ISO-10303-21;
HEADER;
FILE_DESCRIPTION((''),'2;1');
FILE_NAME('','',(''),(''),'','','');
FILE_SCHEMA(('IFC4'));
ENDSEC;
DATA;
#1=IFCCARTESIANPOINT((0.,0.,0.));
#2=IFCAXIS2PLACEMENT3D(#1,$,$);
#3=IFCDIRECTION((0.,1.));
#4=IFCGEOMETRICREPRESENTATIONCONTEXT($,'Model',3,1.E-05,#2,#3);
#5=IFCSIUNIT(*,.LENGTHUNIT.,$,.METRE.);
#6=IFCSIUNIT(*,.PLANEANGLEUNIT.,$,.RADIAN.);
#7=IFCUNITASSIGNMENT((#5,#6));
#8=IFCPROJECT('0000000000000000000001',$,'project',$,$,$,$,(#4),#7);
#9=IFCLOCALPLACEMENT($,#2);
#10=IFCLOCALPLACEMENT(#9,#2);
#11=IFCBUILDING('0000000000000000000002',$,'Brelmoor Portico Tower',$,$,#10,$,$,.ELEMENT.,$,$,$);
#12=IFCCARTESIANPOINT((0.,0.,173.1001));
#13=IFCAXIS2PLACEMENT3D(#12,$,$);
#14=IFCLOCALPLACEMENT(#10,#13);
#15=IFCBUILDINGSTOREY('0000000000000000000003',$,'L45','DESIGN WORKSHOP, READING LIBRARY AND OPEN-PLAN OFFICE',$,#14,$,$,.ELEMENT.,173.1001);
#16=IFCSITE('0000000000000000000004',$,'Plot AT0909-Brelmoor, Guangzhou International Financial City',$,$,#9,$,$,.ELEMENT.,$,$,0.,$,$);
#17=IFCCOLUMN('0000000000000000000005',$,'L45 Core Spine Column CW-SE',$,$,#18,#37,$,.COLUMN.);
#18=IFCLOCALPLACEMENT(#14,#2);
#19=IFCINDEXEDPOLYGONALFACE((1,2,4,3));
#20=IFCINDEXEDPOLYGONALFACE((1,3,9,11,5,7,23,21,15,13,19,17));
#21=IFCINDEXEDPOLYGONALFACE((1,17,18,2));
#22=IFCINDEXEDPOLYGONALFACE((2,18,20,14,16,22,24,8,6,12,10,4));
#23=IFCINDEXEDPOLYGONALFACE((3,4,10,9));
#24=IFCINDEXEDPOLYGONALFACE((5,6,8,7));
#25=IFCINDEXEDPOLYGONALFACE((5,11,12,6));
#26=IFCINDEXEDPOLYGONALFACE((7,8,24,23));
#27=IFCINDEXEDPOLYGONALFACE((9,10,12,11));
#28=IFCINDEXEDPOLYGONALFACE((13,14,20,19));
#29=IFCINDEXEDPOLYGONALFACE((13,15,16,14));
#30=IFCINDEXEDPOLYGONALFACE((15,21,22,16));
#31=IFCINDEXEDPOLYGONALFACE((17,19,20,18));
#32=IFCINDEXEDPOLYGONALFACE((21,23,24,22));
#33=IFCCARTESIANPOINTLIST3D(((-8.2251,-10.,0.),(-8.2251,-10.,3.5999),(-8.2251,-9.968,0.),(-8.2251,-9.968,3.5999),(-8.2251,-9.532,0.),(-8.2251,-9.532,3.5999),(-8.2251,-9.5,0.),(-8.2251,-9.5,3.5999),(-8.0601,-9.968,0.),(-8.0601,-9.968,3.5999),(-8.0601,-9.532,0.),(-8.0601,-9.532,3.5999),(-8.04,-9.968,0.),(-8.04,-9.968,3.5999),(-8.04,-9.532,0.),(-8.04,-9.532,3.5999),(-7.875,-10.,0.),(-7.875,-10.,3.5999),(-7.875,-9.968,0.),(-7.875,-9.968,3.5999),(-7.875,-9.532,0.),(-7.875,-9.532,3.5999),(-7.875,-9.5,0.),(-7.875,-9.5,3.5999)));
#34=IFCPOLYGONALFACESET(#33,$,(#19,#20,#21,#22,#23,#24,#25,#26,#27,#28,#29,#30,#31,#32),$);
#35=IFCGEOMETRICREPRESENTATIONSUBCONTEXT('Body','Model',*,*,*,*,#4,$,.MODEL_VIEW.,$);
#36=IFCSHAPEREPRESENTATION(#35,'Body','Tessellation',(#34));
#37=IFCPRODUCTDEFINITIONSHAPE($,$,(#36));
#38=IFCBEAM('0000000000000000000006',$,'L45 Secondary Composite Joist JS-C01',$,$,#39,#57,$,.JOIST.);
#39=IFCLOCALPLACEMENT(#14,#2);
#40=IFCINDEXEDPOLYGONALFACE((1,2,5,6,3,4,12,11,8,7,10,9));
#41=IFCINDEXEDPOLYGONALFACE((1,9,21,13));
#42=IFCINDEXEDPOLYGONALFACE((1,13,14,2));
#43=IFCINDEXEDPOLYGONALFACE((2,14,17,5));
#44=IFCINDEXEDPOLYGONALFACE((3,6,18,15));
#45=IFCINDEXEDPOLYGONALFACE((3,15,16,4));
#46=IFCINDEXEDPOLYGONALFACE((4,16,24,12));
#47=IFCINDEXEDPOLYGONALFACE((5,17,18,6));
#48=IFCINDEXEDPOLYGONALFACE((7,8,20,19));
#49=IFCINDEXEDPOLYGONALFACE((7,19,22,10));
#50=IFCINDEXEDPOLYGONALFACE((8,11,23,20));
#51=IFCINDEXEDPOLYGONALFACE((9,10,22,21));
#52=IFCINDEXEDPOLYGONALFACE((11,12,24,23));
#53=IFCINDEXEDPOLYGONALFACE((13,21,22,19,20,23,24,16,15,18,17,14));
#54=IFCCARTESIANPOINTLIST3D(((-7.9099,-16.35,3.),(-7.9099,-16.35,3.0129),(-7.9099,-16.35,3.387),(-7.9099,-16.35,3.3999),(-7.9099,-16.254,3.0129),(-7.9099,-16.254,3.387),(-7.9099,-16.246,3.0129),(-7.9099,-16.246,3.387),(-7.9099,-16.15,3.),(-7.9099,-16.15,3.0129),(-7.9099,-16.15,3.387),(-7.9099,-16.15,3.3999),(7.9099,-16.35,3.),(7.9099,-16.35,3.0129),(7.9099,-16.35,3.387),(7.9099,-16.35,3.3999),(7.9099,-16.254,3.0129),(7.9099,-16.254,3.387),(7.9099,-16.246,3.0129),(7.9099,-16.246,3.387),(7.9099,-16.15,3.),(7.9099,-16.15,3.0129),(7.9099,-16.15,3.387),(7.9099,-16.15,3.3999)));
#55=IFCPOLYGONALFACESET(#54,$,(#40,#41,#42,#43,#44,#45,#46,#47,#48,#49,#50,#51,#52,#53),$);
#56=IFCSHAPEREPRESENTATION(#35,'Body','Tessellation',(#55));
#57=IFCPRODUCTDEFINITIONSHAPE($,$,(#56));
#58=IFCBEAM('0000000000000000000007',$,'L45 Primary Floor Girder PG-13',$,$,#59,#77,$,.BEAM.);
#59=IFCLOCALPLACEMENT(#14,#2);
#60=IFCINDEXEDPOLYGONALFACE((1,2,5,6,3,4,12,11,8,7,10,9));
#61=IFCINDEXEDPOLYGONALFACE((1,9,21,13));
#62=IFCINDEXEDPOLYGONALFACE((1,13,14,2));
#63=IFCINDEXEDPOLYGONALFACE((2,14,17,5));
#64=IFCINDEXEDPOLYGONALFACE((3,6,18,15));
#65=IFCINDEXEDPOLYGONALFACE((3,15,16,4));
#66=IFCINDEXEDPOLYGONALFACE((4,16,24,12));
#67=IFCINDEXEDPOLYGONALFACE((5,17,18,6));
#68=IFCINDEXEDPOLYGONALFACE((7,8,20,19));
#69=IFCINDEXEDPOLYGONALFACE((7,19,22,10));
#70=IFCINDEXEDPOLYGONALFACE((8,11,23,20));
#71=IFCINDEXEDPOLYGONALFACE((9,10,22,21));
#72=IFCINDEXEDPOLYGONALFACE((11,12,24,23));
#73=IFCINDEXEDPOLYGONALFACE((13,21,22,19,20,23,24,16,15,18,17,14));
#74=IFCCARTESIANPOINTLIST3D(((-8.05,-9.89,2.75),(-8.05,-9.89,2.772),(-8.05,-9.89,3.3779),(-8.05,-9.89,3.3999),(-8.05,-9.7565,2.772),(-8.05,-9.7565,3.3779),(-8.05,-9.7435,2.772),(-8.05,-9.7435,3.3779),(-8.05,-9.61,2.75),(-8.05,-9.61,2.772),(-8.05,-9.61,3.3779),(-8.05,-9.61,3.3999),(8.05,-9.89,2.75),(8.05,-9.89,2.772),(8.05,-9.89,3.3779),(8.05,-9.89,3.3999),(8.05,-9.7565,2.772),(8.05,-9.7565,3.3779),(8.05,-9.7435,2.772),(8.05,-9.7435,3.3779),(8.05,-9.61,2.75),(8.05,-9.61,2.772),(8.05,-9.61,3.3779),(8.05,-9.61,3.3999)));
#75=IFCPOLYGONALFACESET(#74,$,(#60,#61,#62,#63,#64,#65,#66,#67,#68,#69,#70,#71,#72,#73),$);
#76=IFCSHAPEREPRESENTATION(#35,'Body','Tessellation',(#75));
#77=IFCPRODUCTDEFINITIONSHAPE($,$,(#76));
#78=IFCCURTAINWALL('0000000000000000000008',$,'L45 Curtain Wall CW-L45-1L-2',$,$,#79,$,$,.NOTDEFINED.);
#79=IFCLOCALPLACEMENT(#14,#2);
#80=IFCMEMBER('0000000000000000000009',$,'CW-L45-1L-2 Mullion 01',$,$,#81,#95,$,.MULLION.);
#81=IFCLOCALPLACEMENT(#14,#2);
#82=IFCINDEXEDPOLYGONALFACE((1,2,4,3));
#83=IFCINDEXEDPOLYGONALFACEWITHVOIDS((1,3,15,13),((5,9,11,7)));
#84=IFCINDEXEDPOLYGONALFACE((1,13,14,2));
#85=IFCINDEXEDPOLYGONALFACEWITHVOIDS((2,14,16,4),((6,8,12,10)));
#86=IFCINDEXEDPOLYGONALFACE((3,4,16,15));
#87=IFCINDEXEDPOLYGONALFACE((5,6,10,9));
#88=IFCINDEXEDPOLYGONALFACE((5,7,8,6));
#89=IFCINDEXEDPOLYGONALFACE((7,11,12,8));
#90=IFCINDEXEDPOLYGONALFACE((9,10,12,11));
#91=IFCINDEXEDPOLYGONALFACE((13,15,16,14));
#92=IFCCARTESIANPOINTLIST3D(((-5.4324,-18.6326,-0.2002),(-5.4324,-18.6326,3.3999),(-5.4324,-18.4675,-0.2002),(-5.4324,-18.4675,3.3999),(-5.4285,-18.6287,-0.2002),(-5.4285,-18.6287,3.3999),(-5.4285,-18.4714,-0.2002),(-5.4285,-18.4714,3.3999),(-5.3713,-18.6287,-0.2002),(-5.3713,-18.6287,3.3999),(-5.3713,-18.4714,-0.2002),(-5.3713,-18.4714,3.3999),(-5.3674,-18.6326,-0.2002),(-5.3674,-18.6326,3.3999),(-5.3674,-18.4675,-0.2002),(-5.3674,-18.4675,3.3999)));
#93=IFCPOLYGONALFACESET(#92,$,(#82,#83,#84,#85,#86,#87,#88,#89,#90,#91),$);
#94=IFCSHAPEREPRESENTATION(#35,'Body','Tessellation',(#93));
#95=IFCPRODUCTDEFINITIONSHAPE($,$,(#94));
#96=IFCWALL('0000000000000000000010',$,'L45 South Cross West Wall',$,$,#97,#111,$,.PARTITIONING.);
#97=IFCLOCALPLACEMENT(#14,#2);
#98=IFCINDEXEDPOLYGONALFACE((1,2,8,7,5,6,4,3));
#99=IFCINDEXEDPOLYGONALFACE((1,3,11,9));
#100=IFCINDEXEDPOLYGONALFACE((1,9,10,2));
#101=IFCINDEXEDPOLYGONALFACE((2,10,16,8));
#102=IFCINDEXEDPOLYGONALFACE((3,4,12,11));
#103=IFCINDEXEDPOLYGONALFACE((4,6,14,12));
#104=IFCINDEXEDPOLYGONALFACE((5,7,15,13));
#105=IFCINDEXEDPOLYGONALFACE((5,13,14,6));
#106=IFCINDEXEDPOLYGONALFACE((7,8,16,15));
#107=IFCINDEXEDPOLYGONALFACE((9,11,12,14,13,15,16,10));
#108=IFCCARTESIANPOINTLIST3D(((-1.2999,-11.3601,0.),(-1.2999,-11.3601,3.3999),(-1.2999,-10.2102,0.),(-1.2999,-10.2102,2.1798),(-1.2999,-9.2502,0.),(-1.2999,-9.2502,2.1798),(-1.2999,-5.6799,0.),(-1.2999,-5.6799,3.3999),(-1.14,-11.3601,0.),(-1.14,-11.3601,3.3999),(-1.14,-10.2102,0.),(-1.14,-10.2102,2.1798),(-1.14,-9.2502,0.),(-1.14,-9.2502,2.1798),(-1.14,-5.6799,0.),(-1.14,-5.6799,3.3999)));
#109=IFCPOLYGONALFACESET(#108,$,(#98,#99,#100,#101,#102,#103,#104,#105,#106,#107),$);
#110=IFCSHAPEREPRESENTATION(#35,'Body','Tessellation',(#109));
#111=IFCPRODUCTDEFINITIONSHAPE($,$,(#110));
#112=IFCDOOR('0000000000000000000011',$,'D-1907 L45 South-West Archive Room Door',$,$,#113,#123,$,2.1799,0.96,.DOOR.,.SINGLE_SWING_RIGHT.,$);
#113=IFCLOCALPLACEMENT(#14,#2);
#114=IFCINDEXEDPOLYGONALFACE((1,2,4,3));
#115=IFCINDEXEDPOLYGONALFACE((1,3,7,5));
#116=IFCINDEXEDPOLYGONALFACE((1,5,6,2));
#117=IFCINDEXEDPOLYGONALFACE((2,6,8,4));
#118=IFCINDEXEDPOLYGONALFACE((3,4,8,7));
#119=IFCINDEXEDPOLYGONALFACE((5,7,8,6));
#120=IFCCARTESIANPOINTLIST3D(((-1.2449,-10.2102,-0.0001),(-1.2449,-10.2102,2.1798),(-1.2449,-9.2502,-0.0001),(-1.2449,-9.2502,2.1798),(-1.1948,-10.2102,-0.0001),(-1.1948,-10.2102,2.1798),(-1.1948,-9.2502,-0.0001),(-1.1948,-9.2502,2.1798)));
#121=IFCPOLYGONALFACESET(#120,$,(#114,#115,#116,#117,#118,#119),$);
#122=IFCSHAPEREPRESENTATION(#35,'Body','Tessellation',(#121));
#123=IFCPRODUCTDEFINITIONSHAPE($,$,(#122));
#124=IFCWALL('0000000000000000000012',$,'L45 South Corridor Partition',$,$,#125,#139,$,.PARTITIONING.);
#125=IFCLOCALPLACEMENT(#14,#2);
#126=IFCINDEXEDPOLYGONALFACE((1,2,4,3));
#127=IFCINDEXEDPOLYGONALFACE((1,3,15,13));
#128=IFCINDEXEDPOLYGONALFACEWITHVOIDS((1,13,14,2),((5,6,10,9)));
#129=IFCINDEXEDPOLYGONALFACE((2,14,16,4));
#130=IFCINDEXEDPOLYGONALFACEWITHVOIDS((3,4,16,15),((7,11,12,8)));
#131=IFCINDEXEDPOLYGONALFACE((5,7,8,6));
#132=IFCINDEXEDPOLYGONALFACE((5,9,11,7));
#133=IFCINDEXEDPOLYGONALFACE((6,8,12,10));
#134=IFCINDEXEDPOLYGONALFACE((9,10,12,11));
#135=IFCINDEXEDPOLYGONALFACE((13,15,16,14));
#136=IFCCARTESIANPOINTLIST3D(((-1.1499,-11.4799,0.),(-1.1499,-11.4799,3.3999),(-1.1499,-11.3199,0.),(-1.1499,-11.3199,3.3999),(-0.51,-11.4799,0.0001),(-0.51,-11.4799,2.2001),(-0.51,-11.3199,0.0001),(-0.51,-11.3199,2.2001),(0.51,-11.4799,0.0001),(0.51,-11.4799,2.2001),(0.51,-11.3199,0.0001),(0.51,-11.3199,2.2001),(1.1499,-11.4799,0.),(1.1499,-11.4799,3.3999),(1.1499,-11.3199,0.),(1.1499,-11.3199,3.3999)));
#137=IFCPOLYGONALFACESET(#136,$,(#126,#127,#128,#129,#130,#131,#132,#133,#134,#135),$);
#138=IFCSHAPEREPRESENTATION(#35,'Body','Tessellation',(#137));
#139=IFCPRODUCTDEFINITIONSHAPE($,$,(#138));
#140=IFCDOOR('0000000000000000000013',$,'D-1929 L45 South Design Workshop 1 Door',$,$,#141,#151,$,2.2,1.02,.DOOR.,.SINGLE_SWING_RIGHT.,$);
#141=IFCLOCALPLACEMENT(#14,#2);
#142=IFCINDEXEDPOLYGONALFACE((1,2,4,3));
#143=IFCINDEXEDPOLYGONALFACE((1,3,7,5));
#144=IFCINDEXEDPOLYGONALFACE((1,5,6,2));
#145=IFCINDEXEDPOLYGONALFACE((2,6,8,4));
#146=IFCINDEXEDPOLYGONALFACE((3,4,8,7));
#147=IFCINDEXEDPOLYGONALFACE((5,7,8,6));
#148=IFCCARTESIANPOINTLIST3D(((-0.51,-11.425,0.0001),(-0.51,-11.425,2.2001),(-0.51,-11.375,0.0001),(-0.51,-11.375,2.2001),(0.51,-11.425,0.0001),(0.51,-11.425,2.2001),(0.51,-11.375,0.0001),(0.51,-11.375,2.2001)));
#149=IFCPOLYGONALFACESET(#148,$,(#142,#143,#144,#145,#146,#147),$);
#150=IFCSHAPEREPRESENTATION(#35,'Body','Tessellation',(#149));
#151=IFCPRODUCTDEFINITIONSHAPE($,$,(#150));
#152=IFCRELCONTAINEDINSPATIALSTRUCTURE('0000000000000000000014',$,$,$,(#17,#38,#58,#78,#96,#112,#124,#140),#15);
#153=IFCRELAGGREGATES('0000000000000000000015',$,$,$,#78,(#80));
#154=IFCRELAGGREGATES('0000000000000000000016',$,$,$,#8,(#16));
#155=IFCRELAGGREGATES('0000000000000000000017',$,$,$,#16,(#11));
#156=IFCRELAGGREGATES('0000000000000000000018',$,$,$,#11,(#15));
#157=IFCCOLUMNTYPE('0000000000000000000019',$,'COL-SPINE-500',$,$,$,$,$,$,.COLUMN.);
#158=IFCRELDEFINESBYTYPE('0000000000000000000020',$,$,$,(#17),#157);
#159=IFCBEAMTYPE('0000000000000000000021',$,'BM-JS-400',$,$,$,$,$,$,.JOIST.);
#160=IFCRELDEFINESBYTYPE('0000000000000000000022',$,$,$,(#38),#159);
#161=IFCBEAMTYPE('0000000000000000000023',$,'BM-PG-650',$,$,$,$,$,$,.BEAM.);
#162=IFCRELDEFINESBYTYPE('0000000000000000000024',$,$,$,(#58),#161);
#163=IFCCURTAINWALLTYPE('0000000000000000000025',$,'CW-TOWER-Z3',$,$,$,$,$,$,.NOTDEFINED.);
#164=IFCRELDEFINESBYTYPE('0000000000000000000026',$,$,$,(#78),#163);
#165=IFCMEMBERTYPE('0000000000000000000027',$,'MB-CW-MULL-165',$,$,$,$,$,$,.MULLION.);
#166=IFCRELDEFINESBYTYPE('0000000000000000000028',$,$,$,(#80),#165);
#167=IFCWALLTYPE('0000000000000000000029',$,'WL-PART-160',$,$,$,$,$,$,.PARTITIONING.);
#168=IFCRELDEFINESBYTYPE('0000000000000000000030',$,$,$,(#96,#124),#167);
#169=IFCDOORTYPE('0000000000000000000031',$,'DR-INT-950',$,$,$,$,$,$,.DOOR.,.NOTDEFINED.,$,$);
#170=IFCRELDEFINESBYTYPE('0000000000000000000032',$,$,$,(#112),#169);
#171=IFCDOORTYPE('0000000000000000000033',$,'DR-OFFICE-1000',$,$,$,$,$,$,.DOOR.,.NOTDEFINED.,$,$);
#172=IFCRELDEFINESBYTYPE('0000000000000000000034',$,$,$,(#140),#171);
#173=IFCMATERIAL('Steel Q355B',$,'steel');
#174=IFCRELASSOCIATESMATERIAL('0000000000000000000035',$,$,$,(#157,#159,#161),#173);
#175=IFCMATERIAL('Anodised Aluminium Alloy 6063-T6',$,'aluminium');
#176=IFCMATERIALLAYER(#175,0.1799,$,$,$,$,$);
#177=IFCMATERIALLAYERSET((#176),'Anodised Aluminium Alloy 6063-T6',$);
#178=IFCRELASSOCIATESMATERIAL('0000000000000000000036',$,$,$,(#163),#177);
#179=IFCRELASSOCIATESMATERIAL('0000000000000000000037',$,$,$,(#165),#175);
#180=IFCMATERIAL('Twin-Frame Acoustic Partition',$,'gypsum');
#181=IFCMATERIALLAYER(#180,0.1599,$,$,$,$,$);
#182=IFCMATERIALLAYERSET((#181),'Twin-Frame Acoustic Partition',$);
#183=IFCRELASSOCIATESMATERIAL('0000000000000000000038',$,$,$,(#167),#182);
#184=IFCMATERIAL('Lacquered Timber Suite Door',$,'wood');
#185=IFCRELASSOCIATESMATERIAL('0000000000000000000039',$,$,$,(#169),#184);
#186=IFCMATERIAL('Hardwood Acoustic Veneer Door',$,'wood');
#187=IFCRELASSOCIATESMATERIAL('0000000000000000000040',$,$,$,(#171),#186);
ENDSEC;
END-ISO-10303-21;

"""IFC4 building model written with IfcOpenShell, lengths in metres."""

from ifc_helpers import new_model, si_unit, direction, frame, frame_2d, origin, origin_2d, place, context, subcontext, project, spatial, rectangle, hollow_rectangle, i_section, extrude, material, layer, layer_set, material_profile, profile_set, type_object, element, fill, aggregate, save


model = new_model("IFC4")

# Units and contexts
model_context = context("Model", 3, precision=1e-05, world=origin(), true_north=direction((0.0, 1.0)))
body_context = subcontext(model_context, "Body", "Model", "MODEL_VIEW")
ifc_project = project(units=[si_unit("LENGTHUNIT", "METRE"), si_unit("PLANEANGLEUNIT", "RADIAN")], contexts=[model_context])

# Site, building, storey
site_placement = place(None, origin())
site = spatial("IfcSite", under=ifc_project, at=site_placement, Name="Plot AT0909-Brelmoor, Guangzhou International Financial City", CompositionType="ELEMENT", RefElevation=0.0)
building_placement = place(site_placement, origin())
building = spatial("IfcBuilding", under=site, at=building_placement, Name="Brelmoor Portico Tower", CompositionType="ELEMENT")
storey_placement = place(building_placement, frame((0.0, 0.0, 173.1001)))
storey = spatial("IfcBuildingStorey", under=building, at=storey_placement, Name="L45", Description="DESIGN WORKSHOP, READING LIBRARY AND OPEN-PLAN OFFICE", CompositionType="ELEMENT", Elevation=173.1001)

# Column
ifc_material_1 = material(Name="Steel Q355B", Category="steel")
ifc_material_profile_1 = material_profile(ifc_material_1, i_section(OverallWidth=0.3501, OverallDepth=0.5, WebThickness=0.02, FlangeThickness=0.032, at=origin_2d()), Name="HW 500x350x20x32")
ifc_profile_set_1 = profile_set([ifc_material_profile_1], Name="Steel Q355B")
column_type = type_object("IfcColumnType", Name="COL-SPINE-500", PredefinedType="COLUMN", material=ifc_profile_set_1)
column_placement = place(storey_placement, frame((-8.05, -9.75, 0.0), z_axis=(0.0, 0.0, 1.0), x_axis=(1.0, 0.0, 0.0)))
element("IfcColumn", 1, at=column_placement, inside=storey, type_object=column_type, Name="L45 Core Spine Column CW-SE", PredefinedType="COLUMN", context=body_context, shape_type="SweptSolid", body=[
    extrude(i_section(OverallWidth=0.3501, OverallDepth=0.5, WebThickness=0.02, FlangeThickness=0.032, at=origin_2d()), origin(), (0.0, 0.0, 1.0), 3.5999),
])

# Beams
ifc_material_profile_2 = material_profile(ifc_material_1, i_section(OverallWidth=0.2, OverallDepth=0.3999, WebThickness=0.0081, FlangeThickness=0.0129, at=origin_2d()), Name="HN 400x200x8x13")
ifc_profile_set_2 = profile_set([ifc_material_profile_2], Name="Steel Q355B")
beam_type_1 = type_object("IfcBeamType", Name="BM-JS-400", PredefinedType="JOIST", material=ifc_profile_set_2)
beam_1_placement = place(storey_placement, frame((-7.9099, -16.25, 3.2), z_axis=(1.0, 0.0, 0.0), x_axis=(0.0, 1.0, 0.0)))
element("IfcBeam", 2, at=beam_1_placement, inside=storey, type_object=beam_type_1, Name="L45 Secondary Composite Joist JS-C01", PredefinedType="JOIST", context=body_context, shape_type="SweptSolid", body=[
    extrude(i_section(OverallWidth=0.2, OverallDepth=0.3999, WebThickness=0.0081, FlangeThickness=0.0129, at=origin_2d()), origin(), (0.0, 0.0, 1.0), 15.8198),
])
ifc_material_profile_3 = material_profile(ifc_material_1, i_section(OverallWidth=0.28, OverallDepth=0.6499, WebThickness=0.0129, FlangeThickness=0.022, at=origin_2d()), Name="HN 650x280x13x22")
ifc_profile_set_3 = profile_set([ifc_material_profile_3], Name="Steel Q355B")
beam_type_2 = type_object("IfcBeamType", Name="BM-PG-650", PredefinedType="BEAM", material=ifc_profile_set_3)
beam_2_placement = place(storey_placement, frame((-8.05, -9.75, 3.075), z_axis=(1.0, 0.0, 0.0), x_axis=(0.0, 1.0, 0.0)))
element("IfcBeam", 3, at=beam_2_placement, inside=storey, type_object=beam_type_2, Name="L45 Primary Floor Girder PG-13", PredefinedType="BEAM", context=body_context, shape_type="SweptSolid", body=[
    extrude(i_section(OverallWidth=0.28, OverallDepth=0.6499, WebThickness=0.0129, FlangeThickness=0.022, at=origin_2d()), origin(), (0.0, 0.0, 1.0), 16.1001),
])

# Curtain wall, member
ifc_material_2 = material(Name="Anodised Aluminium Alloy 6063-T6", Category="aluminium")
ifc_layer_1 = layer(ifc_material_2, 0.1799)
ifc_layer_set_1 = layer_set([ifc_layer_1], Name="Anodised Aluminium Alloy 6063-T6")
curtain_wall_type = type_object("IfcCurtainWallType", Name="CW-TOWER-Z3", PredefinedType="NOTDEFINED", material=ifc_layer_set_1)
curtain_wall_placement = place(storey_placement, origin())
curtain_wall = element("IfcCurtainWall", 4, at=curtain_wall_placement, inside=storey, type_object=curtain_wall_type, Name="L45 Curtain Wall CW-L45-1L-2", PredefinedType="NOTDEFINED")
ifc_material_profile_4 = material_profile(ifc_material_2, hollow_rectangle(XDim=0.0649, YDim=0.165, WallThickness=0.0039, at=origin_2d()), Name="ALU MULLION 65x165")
ifc_profile_set_4 = profile_set([ifc_material_profile_4], Name="Anodised Aluminium Alloy 6063-T6")
member_type = type_object("IfcMemberType", Name="MB-CW-MULL-165", PredefinedType="MULLION", material=ifc_profile_set_4)
member_placement = place(storey_placement, frame((-5.3999, -18.55, -0.2002), z_axis=(0.0, 0.0, 1.0), x_axis=(1.0, 0.0, 0.0)))
member = element("IfcMember", 5, at=member_placement, type_object=member_type, Name="CW-L45-1L-2 Mullion 01", PredefinedType="MULLION", context=body_context, shape_type="SweptSolid", body=[
    extrude(hollow_rectangle(XDim=0.0649, YDim=0.165, WallThickness=0.0039, at=origin_2d()), origin(), (0.0, 0.0, 1.0), 3.6001),
])
aggregate(curtain_wall, [member])

# Shared definitions
ifc_material_3 = material(Name="Twin-Frame Acoustic Partition", Category="gypsum")
ifc_layer_2 = layer(ifc_material_3, 0.1599)
ifc_layer_set_2 = layer_set([ifc_layer_2], Name="Twin-Frame Acoustic Partition")
wall_type_1 = type_object("IfcWallType", Name="WL-PART-160", PredefinedType="PARTITIONING", material=ifc_layer_set_2)

# Walls, openings, doors
wall_1_placement = place(storey_placement, frame((-1.22, -11.3601, 0.0), z_axis=(0.0, 0.0, 1.0), x_axis=(0.0, 1.0, 0.0)))
wall_1 = element("IfcWall", 6, at=wall_1_placement, inside=storey, type_object=wall_type_1, Name="L45 South Cross West Wall", PredefinedType="PARTITIONING", context=body_context, shape_type="SweptSolid", body=[
    extrude(rectangle(XDim=5.6802, YDim=0.1599, at=frame_2d((2.8401, 0.0))), origin(), (0.0, 0.0, 1.0), 3.3999),
])
opening_1_placement = place(wall_1_placement, frame((1.1499, 0.0, 0.0)))
opening_1 = element("IfcOpeningElement", 7, at=opening_1_placement, cuts=wall_1, PredefinedType="OPENING", context=body_context, shape_type="SweptSolid", body=[
    extrude(rectangle(XDim=0.96, YDim=2.1799, at=frame_2d((0.48, 1.0898))), frame((0.0, 0.0898, 0.0), z_axis=(0.0, -1.0, 0.0), x_axis=(1.0, 0.0, 0.0)), (0.0, 0.0, 1.0), 0.1799),
])
ifc_material_4 = material(Name="Lacquered Timber Suite Door", Category="wood")
door_type_1 = type_object("IfcDoorType", Name="DR-INT-950", OperationType="NOTDEFINED", PredefinedType="DOOR", material=ifc_material_4)
door_1_placement = place(opening_1_placement, origin())
door_1 = element("IfcDoor", 8, at=door_1_placement, inside=storey, type_object=door_type_1, Name="D-1907 L45 South-West Archive Room Door", OperationType="SINGLE_SWING_RIGHT", OverallHeight=2.1799, OverallWidth=0.96, PredefinedType="DOOR", context=body_context, shape_type="SweptSolid", body=[
    extrude(rectangle(XDim=0.96, YDim=2.1799, at=frame_2d((0.48, 1.0898))), frame((0.0, 0.0249, 0.0), z_axis=(0.0, -1.0, 0.0), x_axis=(1.0, 0.0, 0.0)), (0.0, 0.0, 1.0), 0.05),
])
fill(opening_1, door_1)
wall_2_placement = place(storey_placement, frame((-1.1499, -11.3999, 0.0), z_axis=(0.0, 0.0, 1.0), x_axis=(1.0, 0.0, 0.0)))
wall_2 = element("IfcWall", 9, at=wall_2_placement, inside=storey, type_object=wall_type_1, Name="L45 South Corridor Partition", PredefinedType="PARTITIONING", context=body_context, shape_type="SweptSolid", body=[
    extrude(rectangle(XDim=2.2998, YDim=0.1599, at=frame_2d((1.1499, 0.0))), origin(), (0.0, 0.0, 1.0), 3.3999),
])
opening_2_placement = place(wall_2_placement, frame((0.6399, 0.0, 0.0)))
opening_2 = element("IfcOpeningElement", 10, at=opening_2_placement, cuts=wall_2, PredefinedType="OPENING", context=body_context, shape_type="SweptSolid", body=[
    extrude(rectangle(XDim=1.02, YDim=2.2, at=frame_2d((0.51, 1.1001))), frame((0.0, 0.0898, 0.0), z_axis=(0.0, -1.0, 0.0), x_axis=(1.0, 0.0, 0.0)), (0.0, 0.0, 1.0), 0.1799),
])
ifc_material_5 = material(Name="Hardwood Acoustic Veneer Door", Category="wood")
door_type_2 = type_object("IfcDoorType", Name="DR-OFFICE-1000", OperationType="NOTDEFINED", PredefinedType="DOOR", material=ifc_material_5)
door_2_placement = place(opening_2_placement, origin())
door_2 = element("IfcDoor", 11, at=door_2_placement, inside=storey, type_object=door_type_2, Name="D-1929 L45 South Design Workshop 1 Door", OperationType="SINGLE_SWING_RIGHT", OverallHeight=2.2, OverallWidth=1.02, PredefinedType="DOOR", context=body_context, shape_type="SweptSolid", body=[
    extrude(rectangle(XDim=1.02, YDim=2.2, at=frame_2d((0.51, 1.1001))), frame((0.0, 0.0249, 0.0), z_axis=(0.0, -1.0, 0.0), x_axis=(1.0, 0.0, 0.0)), (0.0, 0.0, 1.0), 0.05),
])
fill(opening_2, door_2)

save(model, "model.ifc")
